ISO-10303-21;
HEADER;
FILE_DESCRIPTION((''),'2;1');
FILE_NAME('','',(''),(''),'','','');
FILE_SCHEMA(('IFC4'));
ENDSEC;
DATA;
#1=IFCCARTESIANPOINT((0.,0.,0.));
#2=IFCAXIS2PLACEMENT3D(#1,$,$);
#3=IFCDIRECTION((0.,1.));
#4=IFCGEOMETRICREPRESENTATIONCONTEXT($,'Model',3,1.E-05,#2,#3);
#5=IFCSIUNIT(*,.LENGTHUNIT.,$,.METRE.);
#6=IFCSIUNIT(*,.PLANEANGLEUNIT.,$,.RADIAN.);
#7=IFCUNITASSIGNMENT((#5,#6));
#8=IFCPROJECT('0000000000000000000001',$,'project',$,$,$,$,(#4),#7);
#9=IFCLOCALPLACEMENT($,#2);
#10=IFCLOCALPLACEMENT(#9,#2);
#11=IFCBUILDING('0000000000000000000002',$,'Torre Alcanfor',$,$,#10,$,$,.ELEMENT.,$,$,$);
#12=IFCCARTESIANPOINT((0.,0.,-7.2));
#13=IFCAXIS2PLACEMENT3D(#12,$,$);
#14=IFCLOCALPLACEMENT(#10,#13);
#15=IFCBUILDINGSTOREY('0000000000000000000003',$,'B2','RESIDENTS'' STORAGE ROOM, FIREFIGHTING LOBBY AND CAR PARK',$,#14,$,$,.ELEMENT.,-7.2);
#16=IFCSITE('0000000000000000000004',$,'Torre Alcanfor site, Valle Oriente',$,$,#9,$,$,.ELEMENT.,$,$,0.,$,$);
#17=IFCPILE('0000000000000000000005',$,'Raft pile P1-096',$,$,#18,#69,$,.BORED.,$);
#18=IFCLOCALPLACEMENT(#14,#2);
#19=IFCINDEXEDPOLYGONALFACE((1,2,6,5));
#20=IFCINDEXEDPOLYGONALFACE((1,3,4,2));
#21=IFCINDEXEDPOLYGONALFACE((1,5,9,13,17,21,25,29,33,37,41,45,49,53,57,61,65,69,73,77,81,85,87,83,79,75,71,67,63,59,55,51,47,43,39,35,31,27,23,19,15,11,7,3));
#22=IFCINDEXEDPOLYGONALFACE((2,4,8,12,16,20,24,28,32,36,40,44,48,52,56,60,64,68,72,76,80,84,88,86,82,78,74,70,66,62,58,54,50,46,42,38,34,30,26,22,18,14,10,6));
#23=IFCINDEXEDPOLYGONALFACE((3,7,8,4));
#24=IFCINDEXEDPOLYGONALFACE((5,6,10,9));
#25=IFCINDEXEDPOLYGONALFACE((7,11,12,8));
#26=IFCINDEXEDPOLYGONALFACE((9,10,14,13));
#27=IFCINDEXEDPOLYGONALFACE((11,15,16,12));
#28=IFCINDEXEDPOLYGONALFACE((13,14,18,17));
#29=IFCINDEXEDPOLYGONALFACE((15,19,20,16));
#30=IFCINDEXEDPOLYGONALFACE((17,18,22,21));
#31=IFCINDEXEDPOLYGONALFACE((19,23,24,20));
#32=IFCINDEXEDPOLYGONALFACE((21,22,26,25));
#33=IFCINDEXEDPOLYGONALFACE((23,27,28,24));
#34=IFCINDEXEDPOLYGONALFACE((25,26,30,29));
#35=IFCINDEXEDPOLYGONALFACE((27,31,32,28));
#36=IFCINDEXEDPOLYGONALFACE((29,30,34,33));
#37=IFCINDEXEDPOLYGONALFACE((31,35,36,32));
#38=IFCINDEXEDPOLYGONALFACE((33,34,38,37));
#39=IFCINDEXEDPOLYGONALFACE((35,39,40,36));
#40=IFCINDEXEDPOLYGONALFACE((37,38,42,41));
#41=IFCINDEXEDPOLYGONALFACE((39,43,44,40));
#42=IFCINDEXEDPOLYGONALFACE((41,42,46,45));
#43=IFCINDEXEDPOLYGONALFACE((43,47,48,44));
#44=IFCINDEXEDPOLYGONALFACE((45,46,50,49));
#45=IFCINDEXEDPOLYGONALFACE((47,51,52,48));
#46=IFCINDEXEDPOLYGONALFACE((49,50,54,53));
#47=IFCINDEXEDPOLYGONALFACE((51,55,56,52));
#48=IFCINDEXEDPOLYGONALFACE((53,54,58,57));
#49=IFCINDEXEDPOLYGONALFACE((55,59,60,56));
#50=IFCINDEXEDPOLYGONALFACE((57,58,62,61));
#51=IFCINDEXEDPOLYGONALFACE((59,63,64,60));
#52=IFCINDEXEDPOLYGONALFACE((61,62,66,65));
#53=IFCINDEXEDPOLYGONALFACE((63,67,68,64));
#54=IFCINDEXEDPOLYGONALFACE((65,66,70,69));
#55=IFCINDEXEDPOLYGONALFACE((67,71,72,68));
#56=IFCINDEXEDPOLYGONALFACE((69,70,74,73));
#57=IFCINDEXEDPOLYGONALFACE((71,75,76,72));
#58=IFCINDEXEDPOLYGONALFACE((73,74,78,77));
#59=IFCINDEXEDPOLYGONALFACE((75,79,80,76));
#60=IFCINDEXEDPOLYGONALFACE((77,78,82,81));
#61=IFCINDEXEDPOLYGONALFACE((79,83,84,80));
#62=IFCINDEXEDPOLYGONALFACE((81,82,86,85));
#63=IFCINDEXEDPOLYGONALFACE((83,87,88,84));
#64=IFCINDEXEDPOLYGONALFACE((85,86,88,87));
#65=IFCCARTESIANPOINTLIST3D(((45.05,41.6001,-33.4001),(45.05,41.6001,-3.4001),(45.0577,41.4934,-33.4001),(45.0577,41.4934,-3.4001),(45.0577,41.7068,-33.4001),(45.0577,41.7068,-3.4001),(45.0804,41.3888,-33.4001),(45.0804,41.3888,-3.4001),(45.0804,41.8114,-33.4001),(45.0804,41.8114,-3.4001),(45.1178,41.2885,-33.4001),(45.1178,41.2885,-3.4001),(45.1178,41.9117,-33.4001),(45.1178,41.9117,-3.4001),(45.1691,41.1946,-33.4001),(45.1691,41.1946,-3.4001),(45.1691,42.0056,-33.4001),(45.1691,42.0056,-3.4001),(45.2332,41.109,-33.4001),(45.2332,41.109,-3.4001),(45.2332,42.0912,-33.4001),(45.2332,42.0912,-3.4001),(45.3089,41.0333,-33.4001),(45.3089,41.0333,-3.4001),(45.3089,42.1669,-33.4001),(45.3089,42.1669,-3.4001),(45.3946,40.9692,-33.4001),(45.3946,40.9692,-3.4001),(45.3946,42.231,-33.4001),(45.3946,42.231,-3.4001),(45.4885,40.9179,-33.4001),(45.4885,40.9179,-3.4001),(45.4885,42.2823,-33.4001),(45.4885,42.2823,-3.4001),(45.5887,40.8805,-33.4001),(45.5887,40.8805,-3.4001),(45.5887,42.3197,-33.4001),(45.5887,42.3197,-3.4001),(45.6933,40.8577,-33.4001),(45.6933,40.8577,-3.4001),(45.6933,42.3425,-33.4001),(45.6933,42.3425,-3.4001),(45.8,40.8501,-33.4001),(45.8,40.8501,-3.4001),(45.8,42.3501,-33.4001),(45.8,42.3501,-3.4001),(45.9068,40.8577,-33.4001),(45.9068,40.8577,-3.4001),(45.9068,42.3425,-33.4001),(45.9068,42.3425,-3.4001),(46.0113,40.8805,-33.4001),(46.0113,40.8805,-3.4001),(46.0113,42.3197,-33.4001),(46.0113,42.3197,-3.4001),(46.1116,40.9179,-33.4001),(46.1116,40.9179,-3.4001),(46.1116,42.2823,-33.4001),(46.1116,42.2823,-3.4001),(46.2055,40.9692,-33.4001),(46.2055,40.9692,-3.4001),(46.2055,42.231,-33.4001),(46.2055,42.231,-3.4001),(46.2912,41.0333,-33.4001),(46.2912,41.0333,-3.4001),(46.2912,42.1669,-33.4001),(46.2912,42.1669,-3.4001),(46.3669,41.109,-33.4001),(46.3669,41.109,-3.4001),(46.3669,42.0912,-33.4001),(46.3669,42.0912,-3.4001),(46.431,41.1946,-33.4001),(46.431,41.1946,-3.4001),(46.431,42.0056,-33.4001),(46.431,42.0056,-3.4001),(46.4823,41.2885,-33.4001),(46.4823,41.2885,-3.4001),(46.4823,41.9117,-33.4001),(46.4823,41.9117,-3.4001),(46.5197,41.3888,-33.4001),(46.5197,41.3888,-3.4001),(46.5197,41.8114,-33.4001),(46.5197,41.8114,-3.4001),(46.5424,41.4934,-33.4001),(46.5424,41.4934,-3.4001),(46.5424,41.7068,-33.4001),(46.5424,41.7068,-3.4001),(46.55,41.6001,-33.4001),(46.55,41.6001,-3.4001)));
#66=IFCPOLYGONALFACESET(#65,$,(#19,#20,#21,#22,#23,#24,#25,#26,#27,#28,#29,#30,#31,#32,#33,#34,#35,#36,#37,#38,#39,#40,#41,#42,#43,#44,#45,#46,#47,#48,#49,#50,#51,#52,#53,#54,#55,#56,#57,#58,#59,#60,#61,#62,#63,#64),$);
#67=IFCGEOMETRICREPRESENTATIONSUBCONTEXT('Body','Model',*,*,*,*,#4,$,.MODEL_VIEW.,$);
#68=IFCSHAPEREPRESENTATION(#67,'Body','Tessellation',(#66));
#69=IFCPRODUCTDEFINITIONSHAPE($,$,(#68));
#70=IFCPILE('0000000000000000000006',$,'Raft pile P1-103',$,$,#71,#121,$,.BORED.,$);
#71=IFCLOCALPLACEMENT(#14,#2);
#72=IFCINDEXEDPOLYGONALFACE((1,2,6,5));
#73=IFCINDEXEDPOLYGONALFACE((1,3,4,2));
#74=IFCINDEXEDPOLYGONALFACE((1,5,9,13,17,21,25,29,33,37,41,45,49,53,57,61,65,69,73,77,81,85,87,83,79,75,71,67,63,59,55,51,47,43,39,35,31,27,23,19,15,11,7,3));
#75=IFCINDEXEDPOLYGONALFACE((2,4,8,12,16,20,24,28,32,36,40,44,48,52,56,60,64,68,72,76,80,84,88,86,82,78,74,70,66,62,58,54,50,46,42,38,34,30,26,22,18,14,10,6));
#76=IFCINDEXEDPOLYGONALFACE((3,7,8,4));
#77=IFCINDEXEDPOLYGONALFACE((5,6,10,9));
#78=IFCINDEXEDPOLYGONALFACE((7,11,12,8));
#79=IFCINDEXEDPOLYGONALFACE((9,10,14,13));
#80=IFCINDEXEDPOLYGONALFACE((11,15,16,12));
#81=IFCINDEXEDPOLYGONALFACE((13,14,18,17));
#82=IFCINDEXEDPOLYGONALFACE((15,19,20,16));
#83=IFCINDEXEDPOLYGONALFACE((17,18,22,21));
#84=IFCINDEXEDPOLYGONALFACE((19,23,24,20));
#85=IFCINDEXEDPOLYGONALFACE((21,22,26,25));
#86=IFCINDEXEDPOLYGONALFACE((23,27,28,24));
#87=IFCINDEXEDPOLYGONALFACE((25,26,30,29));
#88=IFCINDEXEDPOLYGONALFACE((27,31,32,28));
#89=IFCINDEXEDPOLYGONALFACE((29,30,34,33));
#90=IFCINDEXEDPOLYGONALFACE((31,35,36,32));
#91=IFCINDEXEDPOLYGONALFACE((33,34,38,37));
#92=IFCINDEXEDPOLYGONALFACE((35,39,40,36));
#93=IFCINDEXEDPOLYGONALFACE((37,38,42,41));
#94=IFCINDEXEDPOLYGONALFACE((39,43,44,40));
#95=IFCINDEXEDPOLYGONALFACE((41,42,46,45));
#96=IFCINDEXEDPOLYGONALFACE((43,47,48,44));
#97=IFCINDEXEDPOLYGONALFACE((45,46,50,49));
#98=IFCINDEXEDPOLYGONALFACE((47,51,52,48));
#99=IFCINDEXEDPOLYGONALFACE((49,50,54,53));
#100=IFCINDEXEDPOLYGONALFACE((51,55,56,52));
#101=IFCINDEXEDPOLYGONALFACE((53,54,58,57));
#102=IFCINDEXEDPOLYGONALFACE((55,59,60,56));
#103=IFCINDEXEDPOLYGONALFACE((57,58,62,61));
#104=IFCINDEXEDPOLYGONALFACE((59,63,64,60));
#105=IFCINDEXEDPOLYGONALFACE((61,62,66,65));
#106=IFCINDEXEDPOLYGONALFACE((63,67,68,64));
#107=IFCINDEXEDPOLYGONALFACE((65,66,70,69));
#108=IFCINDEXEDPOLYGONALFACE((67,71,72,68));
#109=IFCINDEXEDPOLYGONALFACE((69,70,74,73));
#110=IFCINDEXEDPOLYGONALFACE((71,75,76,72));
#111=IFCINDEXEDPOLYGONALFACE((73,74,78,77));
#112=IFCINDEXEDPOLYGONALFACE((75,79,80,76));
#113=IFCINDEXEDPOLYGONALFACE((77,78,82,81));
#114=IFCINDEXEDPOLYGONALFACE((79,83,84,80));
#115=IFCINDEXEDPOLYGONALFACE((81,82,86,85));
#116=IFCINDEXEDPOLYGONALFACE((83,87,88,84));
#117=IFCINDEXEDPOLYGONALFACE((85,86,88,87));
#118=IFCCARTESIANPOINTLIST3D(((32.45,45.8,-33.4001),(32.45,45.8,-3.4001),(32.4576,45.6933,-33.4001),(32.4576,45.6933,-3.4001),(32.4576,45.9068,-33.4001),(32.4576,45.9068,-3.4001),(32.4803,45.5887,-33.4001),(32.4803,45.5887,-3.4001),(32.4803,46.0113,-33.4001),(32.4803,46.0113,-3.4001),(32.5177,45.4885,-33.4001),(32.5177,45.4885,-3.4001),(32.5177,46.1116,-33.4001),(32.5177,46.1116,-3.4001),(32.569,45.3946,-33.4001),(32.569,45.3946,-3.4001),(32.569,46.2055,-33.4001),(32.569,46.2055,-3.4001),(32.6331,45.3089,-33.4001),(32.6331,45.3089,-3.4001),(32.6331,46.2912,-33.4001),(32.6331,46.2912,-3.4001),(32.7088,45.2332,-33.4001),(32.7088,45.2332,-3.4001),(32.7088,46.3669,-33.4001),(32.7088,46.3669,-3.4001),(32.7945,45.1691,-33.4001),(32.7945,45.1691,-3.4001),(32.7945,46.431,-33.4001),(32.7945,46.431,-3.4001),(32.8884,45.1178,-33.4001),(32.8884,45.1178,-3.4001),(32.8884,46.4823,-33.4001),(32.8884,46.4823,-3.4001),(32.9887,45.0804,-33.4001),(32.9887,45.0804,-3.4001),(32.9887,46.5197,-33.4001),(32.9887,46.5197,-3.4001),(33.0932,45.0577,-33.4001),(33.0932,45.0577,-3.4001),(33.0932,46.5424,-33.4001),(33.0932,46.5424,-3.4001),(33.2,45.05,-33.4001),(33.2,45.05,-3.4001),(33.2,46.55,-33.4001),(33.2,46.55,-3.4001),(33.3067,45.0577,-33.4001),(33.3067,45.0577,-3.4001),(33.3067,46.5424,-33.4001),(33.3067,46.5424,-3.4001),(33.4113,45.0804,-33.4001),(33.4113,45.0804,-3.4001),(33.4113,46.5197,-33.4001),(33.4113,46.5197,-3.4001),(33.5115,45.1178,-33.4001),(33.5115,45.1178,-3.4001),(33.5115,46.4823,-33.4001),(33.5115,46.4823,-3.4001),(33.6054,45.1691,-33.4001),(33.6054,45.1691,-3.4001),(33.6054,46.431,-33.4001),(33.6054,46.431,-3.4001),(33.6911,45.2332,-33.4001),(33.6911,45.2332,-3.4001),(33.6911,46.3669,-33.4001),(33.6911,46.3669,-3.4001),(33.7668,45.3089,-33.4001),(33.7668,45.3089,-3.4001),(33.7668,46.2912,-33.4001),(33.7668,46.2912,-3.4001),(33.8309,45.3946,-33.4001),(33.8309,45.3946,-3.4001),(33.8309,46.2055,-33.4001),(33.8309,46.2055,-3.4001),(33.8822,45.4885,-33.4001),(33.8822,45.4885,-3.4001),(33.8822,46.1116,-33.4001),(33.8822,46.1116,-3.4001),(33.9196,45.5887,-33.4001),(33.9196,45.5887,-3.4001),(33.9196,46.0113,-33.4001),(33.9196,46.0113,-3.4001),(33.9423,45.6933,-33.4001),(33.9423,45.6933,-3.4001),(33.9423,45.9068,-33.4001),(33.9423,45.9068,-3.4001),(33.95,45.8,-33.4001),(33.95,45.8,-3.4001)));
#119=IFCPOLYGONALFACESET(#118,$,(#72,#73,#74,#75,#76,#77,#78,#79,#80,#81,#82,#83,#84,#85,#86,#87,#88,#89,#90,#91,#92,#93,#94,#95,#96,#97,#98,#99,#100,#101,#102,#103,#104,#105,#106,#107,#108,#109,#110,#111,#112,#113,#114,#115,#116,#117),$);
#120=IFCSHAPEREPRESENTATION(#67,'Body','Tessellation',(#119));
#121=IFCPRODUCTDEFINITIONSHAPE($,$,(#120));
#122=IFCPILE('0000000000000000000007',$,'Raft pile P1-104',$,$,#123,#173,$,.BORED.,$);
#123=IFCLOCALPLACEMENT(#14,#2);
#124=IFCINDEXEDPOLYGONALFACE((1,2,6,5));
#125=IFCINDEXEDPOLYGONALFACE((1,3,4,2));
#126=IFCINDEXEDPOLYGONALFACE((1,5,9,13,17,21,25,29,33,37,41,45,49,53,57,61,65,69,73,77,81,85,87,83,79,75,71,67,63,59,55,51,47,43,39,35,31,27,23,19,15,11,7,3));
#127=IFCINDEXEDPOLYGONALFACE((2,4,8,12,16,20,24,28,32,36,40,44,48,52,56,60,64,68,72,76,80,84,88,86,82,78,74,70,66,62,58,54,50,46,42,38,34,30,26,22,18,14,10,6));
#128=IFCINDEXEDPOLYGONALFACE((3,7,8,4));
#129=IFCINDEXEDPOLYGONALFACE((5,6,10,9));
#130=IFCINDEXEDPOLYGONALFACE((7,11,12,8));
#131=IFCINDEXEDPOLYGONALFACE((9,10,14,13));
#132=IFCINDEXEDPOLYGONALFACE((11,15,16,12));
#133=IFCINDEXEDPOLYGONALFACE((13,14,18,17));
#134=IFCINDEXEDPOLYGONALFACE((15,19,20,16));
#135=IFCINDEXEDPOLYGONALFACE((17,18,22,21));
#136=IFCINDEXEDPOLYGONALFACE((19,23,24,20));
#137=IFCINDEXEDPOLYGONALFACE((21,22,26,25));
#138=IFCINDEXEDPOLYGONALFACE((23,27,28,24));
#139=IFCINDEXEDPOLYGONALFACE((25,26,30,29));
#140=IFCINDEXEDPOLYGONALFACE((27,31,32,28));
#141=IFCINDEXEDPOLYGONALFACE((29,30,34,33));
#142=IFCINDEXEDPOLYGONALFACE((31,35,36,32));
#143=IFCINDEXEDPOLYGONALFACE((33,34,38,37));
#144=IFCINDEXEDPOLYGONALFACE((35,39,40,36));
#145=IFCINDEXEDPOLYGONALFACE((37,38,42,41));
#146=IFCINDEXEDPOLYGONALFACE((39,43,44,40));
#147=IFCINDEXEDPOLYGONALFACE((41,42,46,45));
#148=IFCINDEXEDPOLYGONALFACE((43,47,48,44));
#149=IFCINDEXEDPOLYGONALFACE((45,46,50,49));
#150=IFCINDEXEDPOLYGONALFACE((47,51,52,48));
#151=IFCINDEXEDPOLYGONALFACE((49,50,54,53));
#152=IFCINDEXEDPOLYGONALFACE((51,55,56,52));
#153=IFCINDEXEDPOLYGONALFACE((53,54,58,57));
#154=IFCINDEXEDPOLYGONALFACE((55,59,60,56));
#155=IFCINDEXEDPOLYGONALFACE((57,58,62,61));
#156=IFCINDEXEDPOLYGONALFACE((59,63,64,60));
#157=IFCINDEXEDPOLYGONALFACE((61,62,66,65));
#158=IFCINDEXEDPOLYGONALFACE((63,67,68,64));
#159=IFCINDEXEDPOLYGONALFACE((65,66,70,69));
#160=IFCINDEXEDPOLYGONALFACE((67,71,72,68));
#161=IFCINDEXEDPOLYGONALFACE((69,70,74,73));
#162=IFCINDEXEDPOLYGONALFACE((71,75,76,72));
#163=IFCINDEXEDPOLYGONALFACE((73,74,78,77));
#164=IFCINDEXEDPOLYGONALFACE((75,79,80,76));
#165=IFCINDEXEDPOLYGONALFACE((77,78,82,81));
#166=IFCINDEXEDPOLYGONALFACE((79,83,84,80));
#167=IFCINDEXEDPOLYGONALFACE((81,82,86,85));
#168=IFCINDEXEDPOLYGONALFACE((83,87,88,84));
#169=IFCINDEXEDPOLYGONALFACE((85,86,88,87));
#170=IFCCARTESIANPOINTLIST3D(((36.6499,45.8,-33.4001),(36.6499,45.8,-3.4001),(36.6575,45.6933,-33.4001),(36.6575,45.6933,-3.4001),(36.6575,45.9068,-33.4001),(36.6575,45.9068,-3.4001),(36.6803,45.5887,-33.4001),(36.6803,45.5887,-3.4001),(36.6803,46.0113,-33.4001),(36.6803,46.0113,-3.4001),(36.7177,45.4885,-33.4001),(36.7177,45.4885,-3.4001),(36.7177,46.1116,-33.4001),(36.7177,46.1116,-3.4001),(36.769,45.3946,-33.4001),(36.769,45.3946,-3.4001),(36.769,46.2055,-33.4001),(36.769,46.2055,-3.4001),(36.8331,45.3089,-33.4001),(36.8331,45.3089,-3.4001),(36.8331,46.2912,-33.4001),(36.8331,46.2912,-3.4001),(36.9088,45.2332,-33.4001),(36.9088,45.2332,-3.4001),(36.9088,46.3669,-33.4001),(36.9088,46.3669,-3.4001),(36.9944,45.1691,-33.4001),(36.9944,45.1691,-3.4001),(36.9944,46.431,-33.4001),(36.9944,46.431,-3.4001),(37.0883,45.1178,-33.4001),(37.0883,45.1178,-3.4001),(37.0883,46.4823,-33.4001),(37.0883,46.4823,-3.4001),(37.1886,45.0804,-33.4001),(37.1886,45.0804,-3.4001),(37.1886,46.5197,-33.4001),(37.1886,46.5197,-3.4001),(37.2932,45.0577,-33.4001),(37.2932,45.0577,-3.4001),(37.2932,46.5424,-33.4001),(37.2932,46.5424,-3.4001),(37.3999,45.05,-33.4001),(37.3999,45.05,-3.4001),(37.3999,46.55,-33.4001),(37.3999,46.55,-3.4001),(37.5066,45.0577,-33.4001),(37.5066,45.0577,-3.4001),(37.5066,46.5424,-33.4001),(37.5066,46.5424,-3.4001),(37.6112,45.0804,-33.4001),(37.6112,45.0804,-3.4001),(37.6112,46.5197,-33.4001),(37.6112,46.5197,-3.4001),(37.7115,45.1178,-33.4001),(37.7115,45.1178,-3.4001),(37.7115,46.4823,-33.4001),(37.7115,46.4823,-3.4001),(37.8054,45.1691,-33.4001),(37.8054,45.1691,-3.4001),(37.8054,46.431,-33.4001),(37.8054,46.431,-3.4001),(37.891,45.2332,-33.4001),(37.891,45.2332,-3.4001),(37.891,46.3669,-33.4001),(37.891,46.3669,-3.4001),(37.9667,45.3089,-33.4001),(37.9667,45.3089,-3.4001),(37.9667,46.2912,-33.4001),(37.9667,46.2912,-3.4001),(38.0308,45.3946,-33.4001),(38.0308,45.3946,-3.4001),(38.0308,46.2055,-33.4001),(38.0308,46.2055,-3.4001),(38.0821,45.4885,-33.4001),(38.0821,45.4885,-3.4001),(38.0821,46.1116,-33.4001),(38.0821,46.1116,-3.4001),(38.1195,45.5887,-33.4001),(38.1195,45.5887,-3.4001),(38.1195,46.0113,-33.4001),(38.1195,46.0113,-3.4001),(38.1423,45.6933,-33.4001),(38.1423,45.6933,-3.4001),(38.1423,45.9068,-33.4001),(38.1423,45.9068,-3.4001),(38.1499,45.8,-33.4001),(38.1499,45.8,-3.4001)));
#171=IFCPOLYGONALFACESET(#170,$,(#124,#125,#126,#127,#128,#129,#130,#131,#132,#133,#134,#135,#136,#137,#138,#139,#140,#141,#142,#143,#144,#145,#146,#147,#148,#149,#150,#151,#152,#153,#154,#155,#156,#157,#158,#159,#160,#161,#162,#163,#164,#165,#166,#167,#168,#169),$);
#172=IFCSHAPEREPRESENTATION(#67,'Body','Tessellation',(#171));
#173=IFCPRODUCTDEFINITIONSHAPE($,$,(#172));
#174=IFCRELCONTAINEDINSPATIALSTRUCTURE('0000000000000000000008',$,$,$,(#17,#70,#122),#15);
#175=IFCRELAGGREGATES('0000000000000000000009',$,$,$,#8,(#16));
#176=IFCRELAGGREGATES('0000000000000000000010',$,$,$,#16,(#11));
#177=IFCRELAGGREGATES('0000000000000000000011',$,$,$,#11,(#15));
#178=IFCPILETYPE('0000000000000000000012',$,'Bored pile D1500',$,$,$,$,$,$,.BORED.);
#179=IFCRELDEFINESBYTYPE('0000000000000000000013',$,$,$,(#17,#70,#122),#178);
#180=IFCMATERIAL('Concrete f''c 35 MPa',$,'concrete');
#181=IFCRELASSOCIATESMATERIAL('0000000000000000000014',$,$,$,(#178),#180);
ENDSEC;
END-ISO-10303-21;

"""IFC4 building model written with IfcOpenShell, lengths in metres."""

from ifc_helpers import new_model, si_unit, direction, frame, origin, origin_2d, place, context, subcontext, project, spatial, circle, extrude, material, material_profile, profile_set, type_object, element, save


model = new_model("IFC4")

# Units and contexts
model_context = context("Model", 3, precision=1e-05, world=origin(), true_north=direction((0.0, 1.0)))
body_context = subcontext(model_context, "Body", "Model", "MODEL_VIEW")
ifc_project = project(units=[si_unit("LENGTHUNIT", "METRE"), si_unit("PLANEANGLEUNIT", "RADIAN")], contexts=[model_context])

# Site, building, storey
site_placement = place(None, origin())
site = spatial("IfcSite", under=ifc_project, at=site_placement, Name="Torre Alcanfor site, Valle Oriente", CompositionType="ELEMENT", RefElevation=0.0)
building_placement = place(site_placement, origin())
building = spatial("IfcBuilding", under=site, at=building_placement, Name="Torre Alcanfor", CompositionType="ELEMENT")
storey_placement = place(building_placement, frame((0.0, 0.0, -7.2)))
storey = spatial("IfcBuildingStorey", under=building, at=storey_placement, Name="B2", Description="RESIDENTS' STORAGE ROOM, FIREFIGHTING LOBBY AND CAR PARK", CompositionType="ELEMENT", Elevation=-7.2)

# Piles
ifc_material_1 = material(Name="Concrete f'c 35 MPa", Category="concrete")
ifc_material_profile_1 = material_profile(ifc_material_1, circle(Radius=0.75, at=origin_2d()), Name="D1500")
ifc_profile_set_1 = profile_set([ifc_material_profile_1], Name="Concrete f'c 35 MPa")
pile_type = type_object("IfcPileType", Name="Bored pile D1500", PredefinedType="BORED", material=ifc_profile_set_1)
for number, where, z_axis, x_axis, name in (
    (1, (45.8, 41.6001, -3.4001), (0.0, 0.0, -1.0), (1.0, 0.0, 0.0), "Raft pile P1-096"),
    (2, (33.2, 45.8, -3.4001), (0.0, 0.0, -1.0), (1.0, 0.0, 0.0), "Raft pile P1-103"),
    (3, (37.3999, 45.8, -3.4001), (0.0, 0.0, -1.0), (1.0, 0.0, 0.0), "Raft pile P1-104"),
):
    element("IfcPile", number, at=place(storey_placement, frame(where, z_axis=z_axis, x_axis=x_axis)), inside=storey, type_object=pile_type, Name=name, PredefinedType="BORED", context=body_context, shape_type="SweptSolid", body=[
        extrude(circle(Radius=0.75, at=origin_2d()), origin(), (0.0, 0.0, 1.0), 30.0),
    ])

save(model, "model.ifc")
